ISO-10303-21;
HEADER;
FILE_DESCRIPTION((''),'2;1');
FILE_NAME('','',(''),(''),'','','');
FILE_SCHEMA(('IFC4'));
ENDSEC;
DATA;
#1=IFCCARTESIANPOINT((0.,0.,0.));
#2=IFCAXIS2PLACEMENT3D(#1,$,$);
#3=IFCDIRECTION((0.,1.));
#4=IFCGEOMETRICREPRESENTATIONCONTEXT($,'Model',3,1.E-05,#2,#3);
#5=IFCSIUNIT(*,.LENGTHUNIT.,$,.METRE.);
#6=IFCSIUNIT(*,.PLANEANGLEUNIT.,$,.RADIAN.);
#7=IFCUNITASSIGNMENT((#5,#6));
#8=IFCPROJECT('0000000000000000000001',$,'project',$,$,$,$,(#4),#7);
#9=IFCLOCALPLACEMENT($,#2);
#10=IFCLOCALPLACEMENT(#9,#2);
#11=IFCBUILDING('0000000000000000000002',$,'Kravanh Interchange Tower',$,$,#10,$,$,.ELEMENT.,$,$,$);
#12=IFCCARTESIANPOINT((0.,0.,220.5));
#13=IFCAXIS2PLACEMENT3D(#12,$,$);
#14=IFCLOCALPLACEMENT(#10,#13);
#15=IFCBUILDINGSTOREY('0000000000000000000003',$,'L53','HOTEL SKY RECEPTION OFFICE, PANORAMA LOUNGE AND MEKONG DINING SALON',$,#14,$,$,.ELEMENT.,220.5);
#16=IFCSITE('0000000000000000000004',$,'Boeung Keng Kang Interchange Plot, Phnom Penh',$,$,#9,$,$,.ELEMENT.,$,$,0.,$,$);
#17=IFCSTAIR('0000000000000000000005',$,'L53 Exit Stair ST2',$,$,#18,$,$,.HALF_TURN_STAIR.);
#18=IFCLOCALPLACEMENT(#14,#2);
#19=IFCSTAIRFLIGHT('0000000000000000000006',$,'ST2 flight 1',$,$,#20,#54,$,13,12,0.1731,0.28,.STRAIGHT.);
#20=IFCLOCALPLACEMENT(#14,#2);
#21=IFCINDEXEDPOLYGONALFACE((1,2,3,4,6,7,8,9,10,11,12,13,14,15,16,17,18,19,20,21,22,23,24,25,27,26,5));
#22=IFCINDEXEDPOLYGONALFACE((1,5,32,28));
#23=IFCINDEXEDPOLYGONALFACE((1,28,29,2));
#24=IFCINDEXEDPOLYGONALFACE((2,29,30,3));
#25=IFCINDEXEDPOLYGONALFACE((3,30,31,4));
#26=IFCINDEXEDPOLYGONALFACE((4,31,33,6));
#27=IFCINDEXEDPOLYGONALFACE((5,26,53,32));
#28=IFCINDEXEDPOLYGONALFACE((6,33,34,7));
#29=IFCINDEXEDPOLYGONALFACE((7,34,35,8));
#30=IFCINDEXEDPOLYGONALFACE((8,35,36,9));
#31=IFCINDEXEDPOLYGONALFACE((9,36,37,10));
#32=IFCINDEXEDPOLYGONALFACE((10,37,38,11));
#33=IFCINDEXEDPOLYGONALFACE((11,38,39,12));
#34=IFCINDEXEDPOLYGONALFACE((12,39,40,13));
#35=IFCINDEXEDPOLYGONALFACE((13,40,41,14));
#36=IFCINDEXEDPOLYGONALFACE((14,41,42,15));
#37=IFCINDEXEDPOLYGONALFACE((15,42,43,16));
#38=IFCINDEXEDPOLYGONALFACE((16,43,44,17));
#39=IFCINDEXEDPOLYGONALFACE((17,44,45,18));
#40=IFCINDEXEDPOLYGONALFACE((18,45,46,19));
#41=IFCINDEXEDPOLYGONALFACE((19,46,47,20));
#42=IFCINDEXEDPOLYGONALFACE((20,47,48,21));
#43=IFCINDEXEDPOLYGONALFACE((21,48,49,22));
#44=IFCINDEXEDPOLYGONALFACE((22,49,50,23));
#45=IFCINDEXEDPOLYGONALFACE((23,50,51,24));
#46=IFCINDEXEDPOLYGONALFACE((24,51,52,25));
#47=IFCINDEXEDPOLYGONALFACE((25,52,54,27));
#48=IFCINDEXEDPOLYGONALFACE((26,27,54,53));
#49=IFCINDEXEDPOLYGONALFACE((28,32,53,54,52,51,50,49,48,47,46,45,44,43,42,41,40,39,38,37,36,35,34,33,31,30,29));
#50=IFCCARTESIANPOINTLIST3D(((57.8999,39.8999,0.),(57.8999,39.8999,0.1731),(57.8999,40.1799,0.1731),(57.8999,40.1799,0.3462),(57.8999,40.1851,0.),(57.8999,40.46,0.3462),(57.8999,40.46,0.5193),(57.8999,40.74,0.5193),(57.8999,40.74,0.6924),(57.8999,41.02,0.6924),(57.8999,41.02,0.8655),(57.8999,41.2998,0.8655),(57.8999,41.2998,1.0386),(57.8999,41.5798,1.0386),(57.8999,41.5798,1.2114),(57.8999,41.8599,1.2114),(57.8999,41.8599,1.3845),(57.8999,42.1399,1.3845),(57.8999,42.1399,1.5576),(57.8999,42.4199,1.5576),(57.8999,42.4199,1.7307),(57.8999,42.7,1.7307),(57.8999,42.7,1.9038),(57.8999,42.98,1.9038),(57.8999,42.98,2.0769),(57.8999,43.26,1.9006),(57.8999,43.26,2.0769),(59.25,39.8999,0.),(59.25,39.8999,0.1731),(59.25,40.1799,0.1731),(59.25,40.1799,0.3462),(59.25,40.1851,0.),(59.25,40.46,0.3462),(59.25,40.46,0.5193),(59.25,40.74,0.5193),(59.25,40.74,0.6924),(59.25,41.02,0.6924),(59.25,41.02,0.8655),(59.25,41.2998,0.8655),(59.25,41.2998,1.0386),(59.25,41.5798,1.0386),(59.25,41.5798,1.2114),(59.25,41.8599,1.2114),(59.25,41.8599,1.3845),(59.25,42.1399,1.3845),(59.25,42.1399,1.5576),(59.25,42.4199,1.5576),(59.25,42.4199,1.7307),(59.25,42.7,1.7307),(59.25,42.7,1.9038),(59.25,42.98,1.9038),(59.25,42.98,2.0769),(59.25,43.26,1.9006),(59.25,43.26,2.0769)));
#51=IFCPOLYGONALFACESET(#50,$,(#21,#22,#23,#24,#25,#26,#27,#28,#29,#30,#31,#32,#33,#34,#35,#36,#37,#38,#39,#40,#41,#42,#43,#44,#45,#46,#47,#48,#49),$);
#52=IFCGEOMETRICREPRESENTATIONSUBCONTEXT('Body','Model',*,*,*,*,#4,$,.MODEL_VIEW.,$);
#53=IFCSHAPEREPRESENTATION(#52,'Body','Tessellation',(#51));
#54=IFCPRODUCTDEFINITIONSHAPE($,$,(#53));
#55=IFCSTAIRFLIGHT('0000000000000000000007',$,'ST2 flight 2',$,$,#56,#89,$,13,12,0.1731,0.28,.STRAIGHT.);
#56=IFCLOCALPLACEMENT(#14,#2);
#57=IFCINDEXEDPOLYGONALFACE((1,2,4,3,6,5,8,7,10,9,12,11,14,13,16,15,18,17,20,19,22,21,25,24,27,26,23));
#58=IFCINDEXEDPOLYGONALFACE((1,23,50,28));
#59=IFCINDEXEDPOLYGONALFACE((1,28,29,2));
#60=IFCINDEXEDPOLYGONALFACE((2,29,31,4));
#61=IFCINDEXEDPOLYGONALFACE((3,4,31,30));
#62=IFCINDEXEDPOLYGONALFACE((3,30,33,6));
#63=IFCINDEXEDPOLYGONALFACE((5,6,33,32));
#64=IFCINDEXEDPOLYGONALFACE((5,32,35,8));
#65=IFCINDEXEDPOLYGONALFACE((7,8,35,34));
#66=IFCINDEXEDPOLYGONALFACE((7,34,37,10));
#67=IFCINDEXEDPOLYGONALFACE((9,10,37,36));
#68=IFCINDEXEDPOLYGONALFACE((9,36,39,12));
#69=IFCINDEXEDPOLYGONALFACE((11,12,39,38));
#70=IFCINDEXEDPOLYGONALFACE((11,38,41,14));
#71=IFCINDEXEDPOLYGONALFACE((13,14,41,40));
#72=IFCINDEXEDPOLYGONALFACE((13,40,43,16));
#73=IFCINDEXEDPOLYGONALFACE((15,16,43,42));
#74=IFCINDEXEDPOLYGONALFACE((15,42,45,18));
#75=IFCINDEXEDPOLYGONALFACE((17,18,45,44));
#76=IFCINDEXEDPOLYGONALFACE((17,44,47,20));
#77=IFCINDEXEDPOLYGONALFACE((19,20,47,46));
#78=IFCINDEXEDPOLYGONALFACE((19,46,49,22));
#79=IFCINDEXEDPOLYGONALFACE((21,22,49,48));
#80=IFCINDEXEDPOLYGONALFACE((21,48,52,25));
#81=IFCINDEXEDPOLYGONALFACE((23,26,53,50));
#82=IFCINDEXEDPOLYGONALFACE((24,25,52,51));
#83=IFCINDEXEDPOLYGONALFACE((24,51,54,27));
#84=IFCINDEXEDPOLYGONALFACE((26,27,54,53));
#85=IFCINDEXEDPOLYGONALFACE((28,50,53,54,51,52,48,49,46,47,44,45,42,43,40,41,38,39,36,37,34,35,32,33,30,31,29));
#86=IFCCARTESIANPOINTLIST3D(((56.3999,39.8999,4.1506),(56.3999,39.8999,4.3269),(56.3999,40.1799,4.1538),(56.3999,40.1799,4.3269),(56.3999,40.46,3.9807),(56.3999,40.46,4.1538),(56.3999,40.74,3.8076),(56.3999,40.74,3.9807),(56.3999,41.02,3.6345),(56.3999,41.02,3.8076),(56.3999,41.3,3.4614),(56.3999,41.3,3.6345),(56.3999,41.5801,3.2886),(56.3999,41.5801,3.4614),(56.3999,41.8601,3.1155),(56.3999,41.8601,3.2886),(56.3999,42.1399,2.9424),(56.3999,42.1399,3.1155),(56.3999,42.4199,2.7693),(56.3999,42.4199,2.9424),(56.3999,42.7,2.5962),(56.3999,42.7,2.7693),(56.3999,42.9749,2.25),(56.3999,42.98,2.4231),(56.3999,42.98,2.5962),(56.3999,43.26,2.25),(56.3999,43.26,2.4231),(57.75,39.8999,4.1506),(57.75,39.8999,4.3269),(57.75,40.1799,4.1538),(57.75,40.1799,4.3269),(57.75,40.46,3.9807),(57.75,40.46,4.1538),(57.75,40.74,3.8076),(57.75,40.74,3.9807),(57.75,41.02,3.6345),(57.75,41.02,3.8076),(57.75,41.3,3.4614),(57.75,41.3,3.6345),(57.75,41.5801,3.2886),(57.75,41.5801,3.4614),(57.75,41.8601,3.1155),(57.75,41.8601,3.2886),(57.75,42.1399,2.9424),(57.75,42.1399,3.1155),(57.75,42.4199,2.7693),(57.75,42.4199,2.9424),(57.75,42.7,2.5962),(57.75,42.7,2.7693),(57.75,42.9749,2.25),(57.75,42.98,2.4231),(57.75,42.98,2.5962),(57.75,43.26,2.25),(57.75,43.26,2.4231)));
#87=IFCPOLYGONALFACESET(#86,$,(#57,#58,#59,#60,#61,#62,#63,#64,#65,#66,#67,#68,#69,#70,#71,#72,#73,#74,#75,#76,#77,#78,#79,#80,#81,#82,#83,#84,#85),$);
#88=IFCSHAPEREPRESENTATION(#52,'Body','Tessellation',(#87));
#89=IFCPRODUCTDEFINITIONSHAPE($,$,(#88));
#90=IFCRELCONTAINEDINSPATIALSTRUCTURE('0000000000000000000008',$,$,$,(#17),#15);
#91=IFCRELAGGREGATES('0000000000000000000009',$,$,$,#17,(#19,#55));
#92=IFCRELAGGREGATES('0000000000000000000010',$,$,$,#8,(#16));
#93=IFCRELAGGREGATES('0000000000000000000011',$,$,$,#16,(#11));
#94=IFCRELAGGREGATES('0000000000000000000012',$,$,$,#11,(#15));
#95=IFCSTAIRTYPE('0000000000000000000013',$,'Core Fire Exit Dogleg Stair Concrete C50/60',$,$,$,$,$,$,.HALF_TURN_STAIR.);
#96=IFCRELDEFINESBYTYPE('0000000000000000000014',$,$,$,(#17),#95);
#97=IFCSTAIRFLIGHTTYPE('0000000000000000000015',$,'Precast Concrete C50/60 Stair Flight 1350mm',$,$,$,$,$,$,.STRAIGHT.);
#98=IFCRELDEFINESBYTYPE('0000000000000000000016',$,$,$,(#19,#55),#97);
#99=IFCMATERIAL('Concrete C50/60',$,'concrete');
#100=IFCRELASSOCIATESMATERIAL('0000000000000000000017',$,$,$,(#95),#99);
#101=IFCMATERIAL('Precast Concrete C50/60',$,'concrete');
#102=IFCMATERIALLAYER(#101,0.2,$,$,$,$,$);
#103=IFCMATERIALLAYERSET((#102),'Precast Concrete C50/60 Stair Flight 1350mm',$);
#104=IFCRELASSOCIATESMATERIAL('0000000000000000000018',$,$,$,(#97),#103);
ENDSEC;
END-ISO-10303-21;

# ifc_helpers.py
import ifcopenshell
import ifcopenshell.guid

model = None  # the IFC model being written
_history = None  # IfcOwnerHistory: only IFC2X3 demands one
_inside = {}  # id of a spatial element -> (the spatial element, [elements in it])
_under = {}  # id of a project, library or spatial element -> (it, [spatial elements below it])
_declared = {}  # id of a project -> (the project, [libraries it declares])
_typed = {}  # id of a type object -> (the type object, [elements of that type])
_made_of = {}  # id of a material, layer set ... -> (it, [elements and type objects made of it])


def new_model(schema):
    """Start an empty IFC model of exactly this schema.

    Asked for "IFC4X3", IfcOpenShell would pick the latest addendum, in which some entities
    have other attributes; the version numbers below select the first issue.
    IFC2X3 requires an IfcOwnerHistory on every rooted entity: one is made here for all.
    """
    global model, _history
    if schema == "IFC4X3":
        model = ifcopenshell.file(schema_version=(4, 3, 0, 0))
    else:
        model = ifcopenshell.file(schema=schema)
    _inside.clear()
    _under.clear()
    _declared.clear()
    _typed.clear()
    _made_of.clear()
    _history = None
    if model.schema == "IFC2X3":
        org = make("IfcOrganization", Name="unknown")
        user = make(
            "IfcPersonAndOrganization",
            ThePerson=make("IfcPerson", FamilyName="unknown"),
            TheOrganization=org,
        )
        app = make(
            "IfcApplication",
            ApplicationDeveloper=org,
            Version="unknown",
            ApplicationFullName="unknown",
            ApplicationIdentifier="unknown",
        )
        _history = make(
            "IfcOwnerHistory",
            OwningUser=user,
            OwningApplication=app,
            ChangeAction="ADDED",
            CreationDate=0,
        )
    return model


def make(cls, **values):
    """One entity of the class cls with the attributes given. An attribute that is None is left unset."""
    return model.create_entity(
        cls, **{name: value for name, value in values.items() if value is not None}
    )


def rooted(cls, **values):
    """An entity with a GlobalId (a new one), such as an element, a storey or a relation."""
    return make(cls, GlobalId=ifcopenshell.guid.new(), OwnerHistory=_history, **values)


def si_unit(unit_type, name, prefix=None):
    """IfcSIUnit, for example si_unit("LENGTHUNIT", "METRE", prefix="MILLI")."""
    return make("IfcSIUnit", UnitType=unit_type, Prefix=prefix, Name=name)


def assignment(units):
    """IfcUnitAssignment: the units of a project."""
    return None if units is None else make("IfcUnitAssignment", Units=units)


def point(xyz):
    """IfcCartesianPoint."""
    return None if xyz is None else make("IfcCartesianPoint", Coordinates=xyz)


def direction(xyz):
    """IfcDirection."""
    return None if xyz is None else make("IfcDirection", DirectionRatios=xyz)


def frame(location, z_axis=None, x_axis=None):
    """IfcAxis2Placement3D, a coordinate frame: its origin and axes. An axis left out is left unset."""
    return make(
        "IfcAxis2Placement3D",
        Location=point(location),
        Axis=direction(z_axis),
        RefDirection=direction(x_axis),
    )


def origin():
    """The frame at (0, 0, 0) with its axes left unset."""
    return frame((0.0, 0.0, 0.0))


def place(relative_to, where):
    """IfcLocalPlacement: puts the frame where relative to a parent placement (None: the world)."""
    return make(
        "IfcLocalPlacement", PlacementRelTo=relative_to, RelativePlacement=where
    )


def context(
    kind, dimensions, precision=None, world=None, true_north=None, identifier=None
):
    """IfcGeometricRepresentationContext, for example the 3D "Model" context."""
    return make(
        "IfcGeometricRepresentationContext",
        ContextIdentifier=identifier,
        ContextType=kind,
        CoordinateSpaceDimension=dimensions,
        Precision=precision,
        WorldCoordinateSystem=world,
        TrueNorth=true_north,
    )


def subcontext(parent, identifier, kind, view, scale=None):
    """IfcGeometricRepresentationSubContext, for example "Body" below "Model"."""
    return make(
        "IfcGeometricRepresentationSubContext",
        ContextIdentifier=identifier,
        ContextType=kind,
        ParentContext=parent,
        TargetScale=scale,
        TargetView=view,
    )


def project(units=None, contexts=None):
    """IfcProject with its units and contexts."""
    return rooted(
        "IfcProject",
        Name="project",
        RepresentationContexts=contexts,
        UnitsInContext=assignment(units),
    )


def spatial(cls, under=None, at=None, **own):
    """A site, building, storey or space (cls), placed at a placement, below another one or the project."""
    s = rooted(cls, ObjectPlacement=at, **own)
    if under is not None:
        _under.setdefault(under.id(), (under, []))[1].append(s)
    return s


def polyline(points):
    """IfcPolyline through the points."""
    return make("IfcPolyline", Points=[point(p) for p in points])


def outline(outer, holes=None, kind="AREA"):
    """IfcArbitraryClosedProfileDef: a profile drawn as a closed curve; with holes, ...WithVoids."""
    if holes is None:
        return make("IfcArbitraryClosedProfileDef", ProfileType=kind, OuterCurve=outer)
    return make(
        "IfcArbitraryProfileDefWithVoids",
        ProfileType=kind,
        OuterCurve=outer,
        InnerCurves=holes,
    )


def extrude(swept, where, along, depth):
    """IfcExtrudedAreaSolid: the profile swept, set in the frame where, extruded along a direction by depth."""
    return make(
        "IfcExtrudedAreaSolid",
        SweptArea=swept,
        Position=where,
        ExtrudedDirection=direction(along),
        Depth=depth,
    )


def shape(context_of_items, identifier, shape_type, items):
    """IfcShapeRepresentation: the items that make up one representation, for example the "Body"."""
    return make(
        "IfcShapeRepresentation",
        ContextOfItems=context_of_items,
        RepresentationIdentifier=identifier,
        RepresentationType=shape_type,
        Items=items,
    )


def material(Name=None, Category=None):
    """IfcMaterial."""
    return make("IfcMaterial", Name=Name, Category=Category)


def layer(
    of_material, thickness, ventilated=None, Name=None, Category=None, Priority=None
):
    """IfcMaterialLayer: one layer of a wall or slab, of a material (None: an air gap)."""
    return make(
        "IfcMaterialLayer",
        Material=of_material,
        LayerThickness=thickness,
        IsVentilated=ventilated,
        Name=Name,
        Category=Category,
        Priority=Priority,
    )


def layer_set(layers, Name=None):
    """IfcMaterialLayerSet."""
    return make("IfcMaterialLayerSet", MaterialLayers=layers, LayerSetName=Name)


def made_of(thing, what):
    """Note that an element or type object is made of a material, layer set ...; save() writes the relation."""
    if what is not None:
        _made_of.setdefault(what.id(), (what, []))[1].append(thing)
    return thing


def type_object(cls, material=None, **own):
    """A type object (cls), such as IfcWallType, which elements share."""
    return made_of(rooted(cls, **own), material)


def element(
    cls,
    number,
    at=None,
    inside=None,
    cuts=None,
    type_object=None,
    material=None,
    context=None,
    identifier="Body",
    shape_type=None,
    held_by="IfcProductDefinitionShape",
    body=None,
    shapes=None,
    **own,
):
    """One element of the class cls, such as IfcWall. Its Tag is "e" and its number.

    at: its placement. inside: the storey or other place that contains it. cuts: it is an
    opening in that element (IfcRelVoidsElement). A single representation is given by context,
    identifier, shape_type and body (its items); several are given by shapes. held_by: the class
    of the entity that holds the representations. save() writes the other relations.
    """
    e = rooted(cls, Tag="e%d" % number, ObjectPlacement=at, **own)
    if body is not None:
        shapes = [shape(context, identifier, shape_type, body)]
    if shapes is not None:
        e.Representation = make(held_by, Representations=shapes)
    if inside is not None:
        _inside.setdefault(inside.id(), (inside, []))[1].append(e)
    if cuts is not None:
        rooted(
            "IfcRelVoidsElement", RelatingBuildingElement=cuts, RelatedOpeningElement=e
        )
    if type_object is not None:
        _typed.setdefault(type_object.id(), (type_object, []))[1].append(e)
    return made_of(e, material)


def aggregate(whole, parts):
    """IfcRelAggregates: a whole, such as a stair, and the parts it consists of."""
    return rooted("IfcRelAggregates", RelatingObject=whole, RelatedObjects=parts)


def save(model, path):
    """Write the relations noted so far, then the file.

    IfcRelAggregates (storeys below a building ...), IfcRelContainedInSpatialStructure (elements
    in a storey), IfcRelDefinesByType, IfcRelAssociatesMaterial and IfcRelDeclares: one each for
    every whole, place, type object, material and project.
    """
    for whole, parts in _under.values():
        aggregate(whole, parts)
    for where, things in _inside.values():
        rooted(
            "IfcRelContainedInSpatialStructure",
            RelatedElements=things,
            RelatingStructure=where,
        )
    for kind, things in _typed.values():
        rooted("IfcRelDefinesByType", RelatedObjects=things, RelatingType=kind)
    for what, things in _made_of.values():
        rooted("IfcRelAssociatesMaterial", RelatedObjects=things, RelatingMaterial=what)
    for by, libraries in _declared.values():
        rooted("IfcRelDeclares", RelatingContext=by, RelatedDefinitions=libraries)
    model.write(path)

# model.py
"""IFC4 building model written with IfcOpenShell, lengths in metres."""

from ifc_helpers import new_model, si_unit, direction, frame, origin, place, context, subcontext, project, spatial, polyline, outline, extrude, material, layer, layer_set, type_object, element, aggregate, save


model = new_model("IFC4")

# Units and contexts
model_context = context("Model", 3, precision=1e-05, world=origin(), true_north=direction((0.0, 1.0)))
body_context = subcontext(model_context, "Body", "Model", "MODEL_VIEW")
ifc_project = project(units=[si_unit("LENGTHUNIT", "METRE"), si_unit("PLANEANGLEUNIT", "RADIAN")], contexts=[model_context])

# Site, building, storey
site_placement = place(None, origin())
site = spatial("IfcSite", under=ifc_project, at=site_placement, Name="Boeung Keng Kang Interchange Plot, Phnom Penh", CompositionType="ELEMENT", RefElevation=0.0)
building_placement = place(site_placement, origin())
building = spatial("IfcBuilding", under=site, at=building_placement, Name="Kravanh Interchange Tower", CompositionType="ELEMENT")
storey_placement = place(building_placement, frame((0.0, 0.0, 220.5)))
storey = spatial("IfcBuildingStorey", under=building, at=storey_placement, Name="L53", Description="HOTEL SKY RECEPTION OFFICE, PANORAMA LOUNGE AND MEKONG DINING SALON", CompositionType="ELEMENT", Elevation=220.5)

# Stair, stair flights
ifc_material_1 = material(Name="Concrete C50/60", Category="concrete")
stair_type = type_object("IfcStairType", Name="Core Fire Exit Dogleg Stair Concrete C50/60", PredefinedType="HALF_TURN_STAIR", material=ifc_material_1)
ifc_material_2 = material(Name="Precast Concrete C50/60", Category="concrete")
ifc_layer_1 = layer(ifc_material_2, 0.2)
ifc_layer_set_1 = layer_set([ifc_layer_1], Name="Precast Concrete C50/60 Stair Flight 1350mm")
stair_flight_type = type_object("IfcStairFlightType", Name="Precast Concrete C50/60 Stair Flight 1350mm", PredefinedType="STRAIGHT", material=ifc_layer_set_1)
stair_1_placement = place(storey_placement, origin())
stair_1 = element("IfcStair", 1, at=stair_1_placement, inside=storey, type_object=stair_type, Name="L53 Exit Stair ST2", PredefinedType="HALF_TURN_STAIR")
stair_flight_1_placement = place(storey_placement, frame((58.575, 39.8999, 0.0), z_axis=(0.0, 0.0, 1.0), x_axis=(0.0, 1.0, 0.0)))
stair_flight_1 = element("IfcStairFlight", 2, at=stair_flight_1_placement, type_object=stair_flight_type, Name="ST2 flight 1", NumberOfRisers=13, NumberOfTreads=12, PredefinedType="STRAIGHT", RiserHeight=0.1731, TreadLength=0.28, context=body_context, shape_type="SweptSolid", body=[
    extrude(outline(polyline([(0.0, 0.0), (0.0, 0.1731), (0.28, 0.1731), (0.28, 0.3462), (0.5601, 0.3462), (0.5601, 0.5193), (0.8401, 0.5193), (0.8401, 0.6924), (1.1201, 0.6924), (1.1201, 0.8655), (1.3999, 0.8655), (1.3999, 1.0386), (1.6799, 1.0386), (1.6799, 1.2114), (1.96, 1.2114), (1.96, 1.3845), (2.24, 1.3845), (2.24, 1.5576), (2.52, 1.5576), (2.52, 1.7307), (2.8, 1.7307), (2.8, 1.9038), (3.0801, 1.9038), (3.0801, 2.0769), (3.3601, 2.0769), (3.3601, 2.25), (3.3601, 1.9006), (0.2852, 0.0), (0.0, 0.0)])), frame((0.0, 0.675, 0.0), z_axis=(0.0, -1.0, 0.0), x_axis=(1.0, 0.0, 0.0)), (0.0, 0.0, 1.0), 1.3501),
])
stair_flight_2_placement = place(storey_placement, frame((57.075, 43.26, 2.25), z_axis=(0.0, 0.0, 1.0), x_axis=(0.0, -1.0, 0.0)))
stair_flight_2 = element("IfcStairFlight", 3, at=stair_flight_2_placement, type_object=stair_flight_type, Name="ST2 flight 2", NumberOfRisers=13, NumberOfTreads=12, PredefinedType="STRAIGHT", RiserHeight=0.1731, TreadLength=0.28, context=body_context, shape_type="SweptSolid", body=[
    extrude(outline(polyline([(0.0, 0.0), (0.0, 0.1731), (0.28, 0.1731), (0.28, 0.3462), (0.5601, 0.3462), (0.5601, 0.5193), (0.8401, 0.5193), (0.8401, 0.6924), (1.1201, 0.6924), (1.1201, 0.8655), (1.3999, 0.8655), (1.3999, 1.0386), (1.6799, 1.0386), (1.6799, 1.2114), (1.96, 1.2114), (1.96, 1.3845), (2.24, 1.3845), (2.24, 1.5576), (2.52, 1.5576), (2.52, 1.7307), (2.8, 1.7307), (2.8, 1.9038), (3.0801, 1.9038), (3.0801, 2.0769), (3.3601, 2.0769), (3.3601, 2.25), (3.3601, 1.9006), (0.2852, 0.0), (0.0, 0.0)])), frame((0.0, 0.675, 0.0), z_axis=(0.0, -1.0, 0.0), x_axis=(1.0, 0.0, 0.0)), (0.0, 0.0, 1.0), 1.3501),
])
aggregate(stair_1, [stair_flight_1, stair_flight_2])

save(model, "model.ifc")
